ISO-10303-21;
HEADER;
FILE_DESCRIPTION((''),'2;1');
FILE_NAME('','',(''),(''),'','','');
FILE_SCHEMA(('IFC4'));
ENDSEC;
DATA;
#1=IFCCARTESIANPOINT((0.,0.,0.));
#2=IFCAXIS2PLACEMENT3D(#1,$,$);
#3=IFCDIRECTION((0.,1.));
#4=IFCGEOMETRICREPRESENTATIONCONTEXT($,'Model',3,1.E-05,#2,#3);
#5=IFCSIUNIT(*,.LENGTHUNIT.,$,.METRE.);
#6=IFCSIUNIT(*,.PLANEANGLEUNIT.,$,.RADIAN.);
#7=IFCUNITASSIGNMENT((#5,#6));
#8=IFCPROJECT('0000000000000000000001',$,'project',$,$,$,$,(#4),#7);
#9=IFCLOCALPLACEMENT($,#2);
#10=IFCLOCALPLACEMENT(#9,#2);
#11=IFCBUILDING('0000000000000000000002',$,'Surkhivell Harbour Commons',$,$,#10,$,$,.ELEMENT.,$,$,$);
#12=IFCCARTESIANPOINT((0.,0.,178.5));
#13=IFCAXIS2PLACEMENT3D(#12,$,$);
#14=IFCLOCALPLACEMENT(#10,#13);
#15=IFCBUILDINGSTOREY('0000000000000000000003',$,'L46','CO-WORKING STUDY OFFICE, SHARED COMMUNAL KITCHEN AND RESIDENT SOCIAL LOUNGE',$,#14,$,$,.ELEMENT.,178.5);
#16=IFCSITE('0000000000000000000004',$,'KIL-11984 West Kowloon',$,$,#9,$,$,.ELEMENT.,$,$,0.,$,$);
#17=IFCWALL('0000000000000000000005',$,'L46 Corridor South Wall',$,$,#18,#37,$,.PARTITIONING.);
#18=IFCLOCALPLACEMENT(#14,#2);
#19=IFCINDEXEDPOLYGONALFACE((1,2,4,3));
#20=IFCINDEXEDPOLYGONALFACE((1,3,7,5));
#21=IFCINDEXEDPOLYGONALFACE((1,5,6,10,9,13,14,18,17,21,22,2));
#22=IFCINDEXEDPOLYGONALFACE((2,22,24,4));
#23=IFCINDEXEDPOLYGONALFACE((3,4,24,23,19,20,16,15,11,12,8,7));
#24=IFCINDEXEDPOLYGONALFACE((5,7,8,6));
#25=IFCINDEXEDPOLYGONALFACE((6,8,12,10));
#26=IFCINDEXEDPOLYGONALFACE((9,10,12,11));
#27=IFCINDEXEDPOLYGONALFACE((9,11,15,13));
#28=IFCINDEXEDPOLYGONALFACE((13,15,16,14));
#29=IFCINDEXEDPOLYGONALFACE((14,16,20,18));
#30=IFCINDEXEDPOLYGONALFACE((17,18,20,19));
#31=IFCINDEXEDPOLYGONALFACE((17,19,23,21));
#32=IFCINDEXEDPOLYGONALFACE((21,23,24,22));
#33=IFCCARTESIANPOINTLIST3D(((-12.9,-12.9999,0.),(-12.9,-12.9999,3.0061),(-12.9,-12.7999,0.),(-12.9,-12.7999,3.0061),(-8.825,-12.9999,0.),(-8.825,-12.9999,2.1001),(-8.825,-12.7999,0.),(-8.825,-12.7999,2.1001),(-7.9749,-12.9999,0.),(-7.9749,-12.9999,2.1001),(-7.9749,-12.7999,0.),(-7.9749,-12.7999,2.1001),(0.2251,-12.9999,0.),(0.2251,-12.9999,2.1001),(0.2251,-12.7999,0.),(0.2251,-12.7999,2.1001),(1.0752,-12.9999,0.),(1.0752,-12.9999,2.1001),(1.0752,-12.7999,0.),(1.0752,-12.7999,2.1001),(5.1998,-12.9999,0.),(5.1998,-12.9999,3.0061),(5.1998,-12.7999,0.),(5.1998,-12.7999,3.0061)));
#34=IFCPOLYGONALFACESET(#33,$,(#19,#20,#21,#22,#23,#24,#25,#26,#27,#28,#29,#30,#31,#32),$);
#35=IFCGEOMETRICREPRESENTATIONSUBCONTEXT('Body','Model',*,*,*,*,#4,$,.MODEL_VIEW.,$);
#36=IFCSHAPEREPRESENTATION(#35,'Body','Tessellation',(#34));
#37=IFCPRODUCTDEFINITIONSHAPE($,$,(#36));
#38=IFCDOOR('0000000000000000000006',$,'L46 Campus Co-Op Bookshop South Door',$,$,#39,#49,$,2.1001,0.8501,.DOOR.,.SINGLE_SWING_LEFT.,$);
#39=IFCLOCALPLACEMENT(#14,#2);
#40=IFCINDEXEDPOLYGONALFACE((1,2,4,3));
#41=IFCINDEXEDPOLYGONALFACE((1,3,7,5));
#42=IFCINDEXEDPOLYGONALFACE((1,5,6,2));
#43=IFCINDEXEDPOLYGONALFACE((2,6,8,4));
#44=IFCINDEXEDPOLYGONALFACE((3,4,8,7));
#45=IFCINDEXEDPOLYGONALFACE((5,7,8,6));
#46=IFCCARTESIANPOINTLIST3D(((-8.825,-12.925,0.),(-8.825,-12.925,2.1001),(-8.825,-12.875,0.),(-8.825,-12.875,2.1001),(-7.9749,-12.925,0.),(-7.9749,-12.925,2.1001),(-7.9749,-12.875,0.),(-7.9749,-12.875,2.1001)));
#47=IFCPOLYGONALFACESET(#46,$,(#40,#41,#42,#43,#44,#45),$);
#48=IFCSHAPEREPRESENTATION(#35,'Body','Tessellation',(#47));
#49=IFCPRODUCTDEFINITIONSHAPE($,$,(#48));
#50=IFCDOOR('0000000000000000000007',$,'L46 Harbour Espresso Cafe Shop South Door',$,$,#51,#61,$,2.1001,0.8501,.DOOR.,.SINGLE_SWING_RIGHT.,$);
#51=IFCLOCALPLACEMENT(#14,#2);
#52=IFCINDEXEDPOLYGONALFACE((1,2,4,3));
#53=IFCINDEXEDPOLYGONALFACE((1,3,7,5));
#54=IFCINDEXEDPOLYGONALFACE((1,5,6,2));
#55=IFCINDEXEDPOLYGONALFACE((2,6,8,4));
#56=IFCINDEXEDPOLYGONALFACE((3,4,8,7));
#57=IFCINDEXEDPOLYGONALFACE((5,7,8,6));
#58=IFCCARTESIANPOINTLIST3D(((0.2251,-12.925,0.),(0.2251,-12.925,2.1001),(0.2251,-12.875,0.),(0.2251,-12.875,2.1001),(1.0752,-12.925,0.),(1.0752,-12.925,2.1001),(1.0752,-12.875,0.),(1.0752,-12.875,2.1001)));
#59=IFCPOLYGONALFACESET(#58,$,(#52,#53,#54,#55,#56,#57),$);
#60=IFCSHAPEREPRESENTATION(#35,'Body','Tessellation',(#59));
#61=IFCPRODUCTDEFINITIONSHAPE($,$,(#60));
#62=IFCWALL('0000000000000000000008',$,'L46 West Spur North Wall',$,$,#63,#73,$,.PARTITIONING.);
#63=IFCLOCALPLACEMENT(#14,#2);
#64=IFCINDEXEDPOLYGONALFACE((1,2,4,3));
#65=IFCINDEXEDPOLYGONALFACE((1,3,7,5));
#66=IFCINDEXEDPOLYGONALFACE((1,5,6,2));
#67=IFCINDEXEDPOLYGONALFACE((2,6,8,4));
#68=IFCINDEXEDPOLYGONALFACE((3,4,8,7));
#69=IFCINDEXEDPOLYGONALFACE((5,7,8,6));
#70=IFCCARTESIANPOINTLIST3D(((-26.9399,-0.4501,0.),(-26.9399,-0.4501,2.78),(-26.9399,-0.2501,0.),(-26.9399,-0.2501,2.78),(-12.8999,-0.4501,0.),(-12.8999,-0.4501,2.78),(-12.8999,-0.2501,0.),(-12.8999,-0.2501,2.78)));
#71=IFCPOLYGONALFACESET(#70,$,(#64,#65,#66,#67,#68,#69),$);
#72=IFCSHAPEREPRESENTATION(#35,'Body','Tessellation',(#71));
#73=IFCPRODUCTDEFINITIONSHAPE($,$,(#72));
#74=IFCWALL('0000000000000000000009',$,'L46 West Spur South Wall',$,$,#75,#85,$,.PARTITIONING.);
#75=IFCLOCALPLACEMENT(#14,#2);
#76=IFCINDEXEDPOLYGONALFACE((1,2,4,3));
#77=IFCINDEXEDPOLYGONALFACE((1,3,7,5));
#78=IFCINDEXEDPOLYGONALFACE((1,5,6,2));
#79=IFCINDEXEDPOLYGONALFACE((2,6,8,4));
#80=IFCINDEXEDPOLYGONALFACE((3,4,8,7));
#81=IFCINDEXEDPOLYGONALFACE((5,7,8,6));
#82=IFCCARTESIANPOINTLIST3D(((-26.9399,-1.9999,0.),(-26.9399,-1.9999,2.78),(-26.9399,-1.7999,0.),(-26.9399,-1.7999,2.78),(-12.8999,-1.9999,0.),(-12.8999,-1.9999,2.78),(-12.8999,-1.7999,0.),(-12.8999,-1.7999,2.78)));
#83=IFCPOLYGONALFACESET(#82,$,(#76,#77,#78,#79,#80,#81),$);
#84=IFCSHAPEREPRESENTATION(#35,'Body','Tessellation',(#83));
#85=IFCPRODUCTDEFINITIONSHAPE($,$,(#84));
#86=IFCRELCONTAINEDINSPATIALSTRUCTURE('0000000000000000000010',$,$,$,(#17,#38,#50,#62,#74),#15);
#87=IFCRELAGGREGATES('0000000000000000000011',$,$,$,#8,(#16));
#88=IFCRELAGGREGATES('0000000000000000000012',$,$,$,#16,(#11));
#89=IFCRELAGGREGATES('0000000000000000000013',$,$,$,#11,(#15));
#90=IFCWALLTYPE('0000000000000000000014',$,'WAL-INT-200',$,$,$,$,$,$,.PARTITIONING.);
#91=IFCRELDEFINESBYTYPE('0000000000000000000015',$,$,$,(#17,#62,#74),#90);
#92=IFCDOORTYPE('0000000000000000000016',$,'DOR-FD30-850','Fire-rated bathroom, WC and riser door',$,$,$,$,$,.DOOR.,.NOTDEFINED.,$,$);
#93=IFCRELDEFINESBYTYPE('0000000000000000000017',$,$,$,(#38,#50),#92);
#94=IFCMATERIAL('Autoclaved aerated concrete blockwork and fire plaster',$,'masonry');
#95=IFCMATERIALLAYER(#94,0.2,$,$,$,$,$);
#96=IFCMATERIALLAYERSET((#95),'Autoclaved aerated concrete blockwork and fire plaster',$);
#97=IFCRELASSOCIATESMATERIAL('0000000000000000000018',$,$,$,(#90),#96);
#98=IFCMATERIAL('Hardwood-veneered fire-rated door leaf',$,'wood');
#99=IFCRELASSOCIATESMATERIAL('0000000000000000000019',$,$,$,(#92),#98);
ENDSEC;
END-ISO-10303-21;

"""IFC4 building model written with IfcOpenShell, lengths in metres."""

from ifc_helpers import new_model, si_unit, direction, frame, frame_2d, origin, place, context, subcontext, project, spatial, rectangle, extrude, material, layer, layer_set, type_object, element, fill, save


model = new_model("IFC4")

# Units and contexts
model_context = context("Model", 3, precision=1e-05, world=origin(), true_north=direction((0.0, 1.0)))
body_context = subcontext(model_context, "Body", "Model", "MODEL_VIEW")
ifc_project = project(units=[si_unit("LENGTHUNIT", "METRE"), si_unit("PLANEANGLEUNIT", "RADIAN")], contexts=[model_context])

# Site, building, storey
site_placement = place(None, origin())
site = spatial("IfcSite", under=ifc_project, at=site_placement, Name="KIL-11984 West Kowloon", CompositionType="ELEMENT", RefElevation=0.0)
building_placement = place(site_placement, origin())
building = spatial("IfcBuilding", under=site, at=building_placement, Name="Surkhivell Harbour Commons", CompositionType="ELEMENT")
storey_placement = place(building_placement, frame((0.0, 0.0, 178.5)))
storey = spatial("IfcBuildingStorey", under=building, at=storey_placement, Name="L46", Description="CO-WORKING STUDY OFFICE, SHARED COMMUNAL KITCHEN AND RESIDENT SOCIAL LOUNGE", CompositionType="ELEMENT", Elevation=178.5)

# Wall, openings, doors
ifc_material_1 = material(Name="Autoclaved aerated concrete blockwork and fire plaster", Category="masonry")
ifc_layer_1 = layer(ifc_material_1, 0.2)
ifc_layer_set_1 = layer_set([ifc_layer_1], Name="Autoclaved aerated concrete blockwork and fire plaster")
wall_type_1 = type_object("IfcWallType", Name="WAL-INT-200", PredefinedType="PARTITIONING", material=ifc_layer_set_1)
wall_1_placement = place(storey_placement, frame((-12.8999, -12.8999, 0.0), z_axis=(0.0, 0.0, 1.0), x_axis=(1.0, 0.0, 0.0)))
wall_1 = element("IfcWall", 1, at=wall_1_placement, inside=storey, type_object=wall_type_1, Name="L46 Corridor South Wall", PredefinedType="PARTITIONING", context=body_context, shape_type="SweptSolid", body=[
    extrude(rectangle(XDim=18.0999, YDim=0.2, at=frame_2d((9.0498, 0.0))), origin(), (0.0, 0.0, 1.0), 3.0061),
])
opening_1_placement = place(wall_1_placement, frame((4.075, 0.0, 0.0)))
opening_1 = element("IfcOpeningElement", 2, at=opening_1_placement, cuts=wall_1, PredefinedType="OPENING", context=body_context, shape_type="SweptSolid", body=[
    extrude(rectangle(XDim=0.8501, YDim=2.1001, at=frame_2d((0.425, 1.05))), frame((0.0, 0.1099, 0.0), z_axis=(0.0, -1.0, 0.0), x_axis=(1.0, 0.0, 0.0)), (0.0, 0.0, 1.0), 0.22),
])
opening_2_placement = place(wall_1_placement, frame((13.125, 0.0, 0.0)))
opening_2 = element("IfcOpeningElement", 3, at=opening_2_placement, cuts=wall_1, PredefinedType="OPENING", context=body_context, shape_type="SweptSolid", body=[
    extrude(rectangle(XDim=0.8501, YDim=2.1001, at=frame_2d((0.425, 1.05))), frame((0.0, 0.1099, 0.0), z_axis=(0.0, -1.0, 0.0), x_axis=(1.0, 0.0, 0.0)), (0.0, 0.0, 1.0), 0.22),
])
ifc_material_2 = material(Name="Hardwood-veneered fire-rated door leaf", Category="wood")
door_type = type_object("IfcDoorType", Name="DOR-FD30-850", Description="Fire-rated bathroom, WC and riser door", OperationType="NOTDEFINED", PredefinedType="DOOR", material=ifc_material_2)
door_1_placement = place(opening_1_placement, origin())
door_1 = element("IfcDoor", 4, at=door_1_placement, inside=storey, type_object=door_type, Name="L46 Campus Co-Op Bookshop South Door", OperationType="SINGLE_SWING_LEFT", OverallHeight=2.1001, OverallWidth=0.8501, PredefinedType="DOOR", context=body_context, shape_type="SweptSolid", body=[
    extrude(rectangle(XDim=0.8501, YDim=2.1001, at=frame_2d((0.425, 1.05))), frame((0.0, 0.0249, 0.0), z_axis=(0.0, -1.0, 0.0), x_axis=(1.0, 0.0, 0.0)), (0.0, 0.0, 1.0), 0.05),
])
fill(opening_1, door_1)
door_2_placement = place(opening_2_placement, origin())
door_2 = element("IfcDoor", 5, at=door_2_placement, inside=storey, type_object=door_type, Name="L46 Harbour Espresso Cafe Shop South Door", OperationType="SINGLE_SWING_RIGHT", OverallHeight=2.1001, OverallWidth=0.8501, PredefinedType="DOOR", context=body_context, shape_type="SweptSolid", body=[
    extrude(rectangle(XDim=0.8501, YDim=2.1001, at=frame_2d((0.425, 1.05))), frame((0.0, 0.0249, 0.0), z_axis=(0.0, -1.0, 0.0), x_axis=(1.0, 0.0, 0.0)), (0.0, 0.0, 1.0), 0.05),
])
fill(opening_2, door_2)

# Walls
for number, where, z_axis, x_axis, name in (
    (6, (-26.9399, -0.3501, 0.0), (0.0, 0.0, 1.0), (1.0, 0.0, 0.0), "L46 West Spur North Wall"),
    (7, (-26.9399, -1.8999, 0.0), (0.0, 0.0, 1.0), (1.0, 0.0, 0.0), "L46 West Spur South Wall"),
):
    element("IfcWall", number, at=place(storey_placement, frame(where, z_axis=z_axis, x_axis=x_axis)), inside=storey, type_object=wall_type_1, Name=name, PredefinedType="PARTITIONING", context=body_context, shape_type="SweptSolid", body=[
        extrude(rectangle(XDim=14.04, YDim=0.2, at=frame_2d((7.02, 0.0))), origin(), (0.0, 0.0, 1.0), 2.78),
    ])

save(model, "model.ifc")
